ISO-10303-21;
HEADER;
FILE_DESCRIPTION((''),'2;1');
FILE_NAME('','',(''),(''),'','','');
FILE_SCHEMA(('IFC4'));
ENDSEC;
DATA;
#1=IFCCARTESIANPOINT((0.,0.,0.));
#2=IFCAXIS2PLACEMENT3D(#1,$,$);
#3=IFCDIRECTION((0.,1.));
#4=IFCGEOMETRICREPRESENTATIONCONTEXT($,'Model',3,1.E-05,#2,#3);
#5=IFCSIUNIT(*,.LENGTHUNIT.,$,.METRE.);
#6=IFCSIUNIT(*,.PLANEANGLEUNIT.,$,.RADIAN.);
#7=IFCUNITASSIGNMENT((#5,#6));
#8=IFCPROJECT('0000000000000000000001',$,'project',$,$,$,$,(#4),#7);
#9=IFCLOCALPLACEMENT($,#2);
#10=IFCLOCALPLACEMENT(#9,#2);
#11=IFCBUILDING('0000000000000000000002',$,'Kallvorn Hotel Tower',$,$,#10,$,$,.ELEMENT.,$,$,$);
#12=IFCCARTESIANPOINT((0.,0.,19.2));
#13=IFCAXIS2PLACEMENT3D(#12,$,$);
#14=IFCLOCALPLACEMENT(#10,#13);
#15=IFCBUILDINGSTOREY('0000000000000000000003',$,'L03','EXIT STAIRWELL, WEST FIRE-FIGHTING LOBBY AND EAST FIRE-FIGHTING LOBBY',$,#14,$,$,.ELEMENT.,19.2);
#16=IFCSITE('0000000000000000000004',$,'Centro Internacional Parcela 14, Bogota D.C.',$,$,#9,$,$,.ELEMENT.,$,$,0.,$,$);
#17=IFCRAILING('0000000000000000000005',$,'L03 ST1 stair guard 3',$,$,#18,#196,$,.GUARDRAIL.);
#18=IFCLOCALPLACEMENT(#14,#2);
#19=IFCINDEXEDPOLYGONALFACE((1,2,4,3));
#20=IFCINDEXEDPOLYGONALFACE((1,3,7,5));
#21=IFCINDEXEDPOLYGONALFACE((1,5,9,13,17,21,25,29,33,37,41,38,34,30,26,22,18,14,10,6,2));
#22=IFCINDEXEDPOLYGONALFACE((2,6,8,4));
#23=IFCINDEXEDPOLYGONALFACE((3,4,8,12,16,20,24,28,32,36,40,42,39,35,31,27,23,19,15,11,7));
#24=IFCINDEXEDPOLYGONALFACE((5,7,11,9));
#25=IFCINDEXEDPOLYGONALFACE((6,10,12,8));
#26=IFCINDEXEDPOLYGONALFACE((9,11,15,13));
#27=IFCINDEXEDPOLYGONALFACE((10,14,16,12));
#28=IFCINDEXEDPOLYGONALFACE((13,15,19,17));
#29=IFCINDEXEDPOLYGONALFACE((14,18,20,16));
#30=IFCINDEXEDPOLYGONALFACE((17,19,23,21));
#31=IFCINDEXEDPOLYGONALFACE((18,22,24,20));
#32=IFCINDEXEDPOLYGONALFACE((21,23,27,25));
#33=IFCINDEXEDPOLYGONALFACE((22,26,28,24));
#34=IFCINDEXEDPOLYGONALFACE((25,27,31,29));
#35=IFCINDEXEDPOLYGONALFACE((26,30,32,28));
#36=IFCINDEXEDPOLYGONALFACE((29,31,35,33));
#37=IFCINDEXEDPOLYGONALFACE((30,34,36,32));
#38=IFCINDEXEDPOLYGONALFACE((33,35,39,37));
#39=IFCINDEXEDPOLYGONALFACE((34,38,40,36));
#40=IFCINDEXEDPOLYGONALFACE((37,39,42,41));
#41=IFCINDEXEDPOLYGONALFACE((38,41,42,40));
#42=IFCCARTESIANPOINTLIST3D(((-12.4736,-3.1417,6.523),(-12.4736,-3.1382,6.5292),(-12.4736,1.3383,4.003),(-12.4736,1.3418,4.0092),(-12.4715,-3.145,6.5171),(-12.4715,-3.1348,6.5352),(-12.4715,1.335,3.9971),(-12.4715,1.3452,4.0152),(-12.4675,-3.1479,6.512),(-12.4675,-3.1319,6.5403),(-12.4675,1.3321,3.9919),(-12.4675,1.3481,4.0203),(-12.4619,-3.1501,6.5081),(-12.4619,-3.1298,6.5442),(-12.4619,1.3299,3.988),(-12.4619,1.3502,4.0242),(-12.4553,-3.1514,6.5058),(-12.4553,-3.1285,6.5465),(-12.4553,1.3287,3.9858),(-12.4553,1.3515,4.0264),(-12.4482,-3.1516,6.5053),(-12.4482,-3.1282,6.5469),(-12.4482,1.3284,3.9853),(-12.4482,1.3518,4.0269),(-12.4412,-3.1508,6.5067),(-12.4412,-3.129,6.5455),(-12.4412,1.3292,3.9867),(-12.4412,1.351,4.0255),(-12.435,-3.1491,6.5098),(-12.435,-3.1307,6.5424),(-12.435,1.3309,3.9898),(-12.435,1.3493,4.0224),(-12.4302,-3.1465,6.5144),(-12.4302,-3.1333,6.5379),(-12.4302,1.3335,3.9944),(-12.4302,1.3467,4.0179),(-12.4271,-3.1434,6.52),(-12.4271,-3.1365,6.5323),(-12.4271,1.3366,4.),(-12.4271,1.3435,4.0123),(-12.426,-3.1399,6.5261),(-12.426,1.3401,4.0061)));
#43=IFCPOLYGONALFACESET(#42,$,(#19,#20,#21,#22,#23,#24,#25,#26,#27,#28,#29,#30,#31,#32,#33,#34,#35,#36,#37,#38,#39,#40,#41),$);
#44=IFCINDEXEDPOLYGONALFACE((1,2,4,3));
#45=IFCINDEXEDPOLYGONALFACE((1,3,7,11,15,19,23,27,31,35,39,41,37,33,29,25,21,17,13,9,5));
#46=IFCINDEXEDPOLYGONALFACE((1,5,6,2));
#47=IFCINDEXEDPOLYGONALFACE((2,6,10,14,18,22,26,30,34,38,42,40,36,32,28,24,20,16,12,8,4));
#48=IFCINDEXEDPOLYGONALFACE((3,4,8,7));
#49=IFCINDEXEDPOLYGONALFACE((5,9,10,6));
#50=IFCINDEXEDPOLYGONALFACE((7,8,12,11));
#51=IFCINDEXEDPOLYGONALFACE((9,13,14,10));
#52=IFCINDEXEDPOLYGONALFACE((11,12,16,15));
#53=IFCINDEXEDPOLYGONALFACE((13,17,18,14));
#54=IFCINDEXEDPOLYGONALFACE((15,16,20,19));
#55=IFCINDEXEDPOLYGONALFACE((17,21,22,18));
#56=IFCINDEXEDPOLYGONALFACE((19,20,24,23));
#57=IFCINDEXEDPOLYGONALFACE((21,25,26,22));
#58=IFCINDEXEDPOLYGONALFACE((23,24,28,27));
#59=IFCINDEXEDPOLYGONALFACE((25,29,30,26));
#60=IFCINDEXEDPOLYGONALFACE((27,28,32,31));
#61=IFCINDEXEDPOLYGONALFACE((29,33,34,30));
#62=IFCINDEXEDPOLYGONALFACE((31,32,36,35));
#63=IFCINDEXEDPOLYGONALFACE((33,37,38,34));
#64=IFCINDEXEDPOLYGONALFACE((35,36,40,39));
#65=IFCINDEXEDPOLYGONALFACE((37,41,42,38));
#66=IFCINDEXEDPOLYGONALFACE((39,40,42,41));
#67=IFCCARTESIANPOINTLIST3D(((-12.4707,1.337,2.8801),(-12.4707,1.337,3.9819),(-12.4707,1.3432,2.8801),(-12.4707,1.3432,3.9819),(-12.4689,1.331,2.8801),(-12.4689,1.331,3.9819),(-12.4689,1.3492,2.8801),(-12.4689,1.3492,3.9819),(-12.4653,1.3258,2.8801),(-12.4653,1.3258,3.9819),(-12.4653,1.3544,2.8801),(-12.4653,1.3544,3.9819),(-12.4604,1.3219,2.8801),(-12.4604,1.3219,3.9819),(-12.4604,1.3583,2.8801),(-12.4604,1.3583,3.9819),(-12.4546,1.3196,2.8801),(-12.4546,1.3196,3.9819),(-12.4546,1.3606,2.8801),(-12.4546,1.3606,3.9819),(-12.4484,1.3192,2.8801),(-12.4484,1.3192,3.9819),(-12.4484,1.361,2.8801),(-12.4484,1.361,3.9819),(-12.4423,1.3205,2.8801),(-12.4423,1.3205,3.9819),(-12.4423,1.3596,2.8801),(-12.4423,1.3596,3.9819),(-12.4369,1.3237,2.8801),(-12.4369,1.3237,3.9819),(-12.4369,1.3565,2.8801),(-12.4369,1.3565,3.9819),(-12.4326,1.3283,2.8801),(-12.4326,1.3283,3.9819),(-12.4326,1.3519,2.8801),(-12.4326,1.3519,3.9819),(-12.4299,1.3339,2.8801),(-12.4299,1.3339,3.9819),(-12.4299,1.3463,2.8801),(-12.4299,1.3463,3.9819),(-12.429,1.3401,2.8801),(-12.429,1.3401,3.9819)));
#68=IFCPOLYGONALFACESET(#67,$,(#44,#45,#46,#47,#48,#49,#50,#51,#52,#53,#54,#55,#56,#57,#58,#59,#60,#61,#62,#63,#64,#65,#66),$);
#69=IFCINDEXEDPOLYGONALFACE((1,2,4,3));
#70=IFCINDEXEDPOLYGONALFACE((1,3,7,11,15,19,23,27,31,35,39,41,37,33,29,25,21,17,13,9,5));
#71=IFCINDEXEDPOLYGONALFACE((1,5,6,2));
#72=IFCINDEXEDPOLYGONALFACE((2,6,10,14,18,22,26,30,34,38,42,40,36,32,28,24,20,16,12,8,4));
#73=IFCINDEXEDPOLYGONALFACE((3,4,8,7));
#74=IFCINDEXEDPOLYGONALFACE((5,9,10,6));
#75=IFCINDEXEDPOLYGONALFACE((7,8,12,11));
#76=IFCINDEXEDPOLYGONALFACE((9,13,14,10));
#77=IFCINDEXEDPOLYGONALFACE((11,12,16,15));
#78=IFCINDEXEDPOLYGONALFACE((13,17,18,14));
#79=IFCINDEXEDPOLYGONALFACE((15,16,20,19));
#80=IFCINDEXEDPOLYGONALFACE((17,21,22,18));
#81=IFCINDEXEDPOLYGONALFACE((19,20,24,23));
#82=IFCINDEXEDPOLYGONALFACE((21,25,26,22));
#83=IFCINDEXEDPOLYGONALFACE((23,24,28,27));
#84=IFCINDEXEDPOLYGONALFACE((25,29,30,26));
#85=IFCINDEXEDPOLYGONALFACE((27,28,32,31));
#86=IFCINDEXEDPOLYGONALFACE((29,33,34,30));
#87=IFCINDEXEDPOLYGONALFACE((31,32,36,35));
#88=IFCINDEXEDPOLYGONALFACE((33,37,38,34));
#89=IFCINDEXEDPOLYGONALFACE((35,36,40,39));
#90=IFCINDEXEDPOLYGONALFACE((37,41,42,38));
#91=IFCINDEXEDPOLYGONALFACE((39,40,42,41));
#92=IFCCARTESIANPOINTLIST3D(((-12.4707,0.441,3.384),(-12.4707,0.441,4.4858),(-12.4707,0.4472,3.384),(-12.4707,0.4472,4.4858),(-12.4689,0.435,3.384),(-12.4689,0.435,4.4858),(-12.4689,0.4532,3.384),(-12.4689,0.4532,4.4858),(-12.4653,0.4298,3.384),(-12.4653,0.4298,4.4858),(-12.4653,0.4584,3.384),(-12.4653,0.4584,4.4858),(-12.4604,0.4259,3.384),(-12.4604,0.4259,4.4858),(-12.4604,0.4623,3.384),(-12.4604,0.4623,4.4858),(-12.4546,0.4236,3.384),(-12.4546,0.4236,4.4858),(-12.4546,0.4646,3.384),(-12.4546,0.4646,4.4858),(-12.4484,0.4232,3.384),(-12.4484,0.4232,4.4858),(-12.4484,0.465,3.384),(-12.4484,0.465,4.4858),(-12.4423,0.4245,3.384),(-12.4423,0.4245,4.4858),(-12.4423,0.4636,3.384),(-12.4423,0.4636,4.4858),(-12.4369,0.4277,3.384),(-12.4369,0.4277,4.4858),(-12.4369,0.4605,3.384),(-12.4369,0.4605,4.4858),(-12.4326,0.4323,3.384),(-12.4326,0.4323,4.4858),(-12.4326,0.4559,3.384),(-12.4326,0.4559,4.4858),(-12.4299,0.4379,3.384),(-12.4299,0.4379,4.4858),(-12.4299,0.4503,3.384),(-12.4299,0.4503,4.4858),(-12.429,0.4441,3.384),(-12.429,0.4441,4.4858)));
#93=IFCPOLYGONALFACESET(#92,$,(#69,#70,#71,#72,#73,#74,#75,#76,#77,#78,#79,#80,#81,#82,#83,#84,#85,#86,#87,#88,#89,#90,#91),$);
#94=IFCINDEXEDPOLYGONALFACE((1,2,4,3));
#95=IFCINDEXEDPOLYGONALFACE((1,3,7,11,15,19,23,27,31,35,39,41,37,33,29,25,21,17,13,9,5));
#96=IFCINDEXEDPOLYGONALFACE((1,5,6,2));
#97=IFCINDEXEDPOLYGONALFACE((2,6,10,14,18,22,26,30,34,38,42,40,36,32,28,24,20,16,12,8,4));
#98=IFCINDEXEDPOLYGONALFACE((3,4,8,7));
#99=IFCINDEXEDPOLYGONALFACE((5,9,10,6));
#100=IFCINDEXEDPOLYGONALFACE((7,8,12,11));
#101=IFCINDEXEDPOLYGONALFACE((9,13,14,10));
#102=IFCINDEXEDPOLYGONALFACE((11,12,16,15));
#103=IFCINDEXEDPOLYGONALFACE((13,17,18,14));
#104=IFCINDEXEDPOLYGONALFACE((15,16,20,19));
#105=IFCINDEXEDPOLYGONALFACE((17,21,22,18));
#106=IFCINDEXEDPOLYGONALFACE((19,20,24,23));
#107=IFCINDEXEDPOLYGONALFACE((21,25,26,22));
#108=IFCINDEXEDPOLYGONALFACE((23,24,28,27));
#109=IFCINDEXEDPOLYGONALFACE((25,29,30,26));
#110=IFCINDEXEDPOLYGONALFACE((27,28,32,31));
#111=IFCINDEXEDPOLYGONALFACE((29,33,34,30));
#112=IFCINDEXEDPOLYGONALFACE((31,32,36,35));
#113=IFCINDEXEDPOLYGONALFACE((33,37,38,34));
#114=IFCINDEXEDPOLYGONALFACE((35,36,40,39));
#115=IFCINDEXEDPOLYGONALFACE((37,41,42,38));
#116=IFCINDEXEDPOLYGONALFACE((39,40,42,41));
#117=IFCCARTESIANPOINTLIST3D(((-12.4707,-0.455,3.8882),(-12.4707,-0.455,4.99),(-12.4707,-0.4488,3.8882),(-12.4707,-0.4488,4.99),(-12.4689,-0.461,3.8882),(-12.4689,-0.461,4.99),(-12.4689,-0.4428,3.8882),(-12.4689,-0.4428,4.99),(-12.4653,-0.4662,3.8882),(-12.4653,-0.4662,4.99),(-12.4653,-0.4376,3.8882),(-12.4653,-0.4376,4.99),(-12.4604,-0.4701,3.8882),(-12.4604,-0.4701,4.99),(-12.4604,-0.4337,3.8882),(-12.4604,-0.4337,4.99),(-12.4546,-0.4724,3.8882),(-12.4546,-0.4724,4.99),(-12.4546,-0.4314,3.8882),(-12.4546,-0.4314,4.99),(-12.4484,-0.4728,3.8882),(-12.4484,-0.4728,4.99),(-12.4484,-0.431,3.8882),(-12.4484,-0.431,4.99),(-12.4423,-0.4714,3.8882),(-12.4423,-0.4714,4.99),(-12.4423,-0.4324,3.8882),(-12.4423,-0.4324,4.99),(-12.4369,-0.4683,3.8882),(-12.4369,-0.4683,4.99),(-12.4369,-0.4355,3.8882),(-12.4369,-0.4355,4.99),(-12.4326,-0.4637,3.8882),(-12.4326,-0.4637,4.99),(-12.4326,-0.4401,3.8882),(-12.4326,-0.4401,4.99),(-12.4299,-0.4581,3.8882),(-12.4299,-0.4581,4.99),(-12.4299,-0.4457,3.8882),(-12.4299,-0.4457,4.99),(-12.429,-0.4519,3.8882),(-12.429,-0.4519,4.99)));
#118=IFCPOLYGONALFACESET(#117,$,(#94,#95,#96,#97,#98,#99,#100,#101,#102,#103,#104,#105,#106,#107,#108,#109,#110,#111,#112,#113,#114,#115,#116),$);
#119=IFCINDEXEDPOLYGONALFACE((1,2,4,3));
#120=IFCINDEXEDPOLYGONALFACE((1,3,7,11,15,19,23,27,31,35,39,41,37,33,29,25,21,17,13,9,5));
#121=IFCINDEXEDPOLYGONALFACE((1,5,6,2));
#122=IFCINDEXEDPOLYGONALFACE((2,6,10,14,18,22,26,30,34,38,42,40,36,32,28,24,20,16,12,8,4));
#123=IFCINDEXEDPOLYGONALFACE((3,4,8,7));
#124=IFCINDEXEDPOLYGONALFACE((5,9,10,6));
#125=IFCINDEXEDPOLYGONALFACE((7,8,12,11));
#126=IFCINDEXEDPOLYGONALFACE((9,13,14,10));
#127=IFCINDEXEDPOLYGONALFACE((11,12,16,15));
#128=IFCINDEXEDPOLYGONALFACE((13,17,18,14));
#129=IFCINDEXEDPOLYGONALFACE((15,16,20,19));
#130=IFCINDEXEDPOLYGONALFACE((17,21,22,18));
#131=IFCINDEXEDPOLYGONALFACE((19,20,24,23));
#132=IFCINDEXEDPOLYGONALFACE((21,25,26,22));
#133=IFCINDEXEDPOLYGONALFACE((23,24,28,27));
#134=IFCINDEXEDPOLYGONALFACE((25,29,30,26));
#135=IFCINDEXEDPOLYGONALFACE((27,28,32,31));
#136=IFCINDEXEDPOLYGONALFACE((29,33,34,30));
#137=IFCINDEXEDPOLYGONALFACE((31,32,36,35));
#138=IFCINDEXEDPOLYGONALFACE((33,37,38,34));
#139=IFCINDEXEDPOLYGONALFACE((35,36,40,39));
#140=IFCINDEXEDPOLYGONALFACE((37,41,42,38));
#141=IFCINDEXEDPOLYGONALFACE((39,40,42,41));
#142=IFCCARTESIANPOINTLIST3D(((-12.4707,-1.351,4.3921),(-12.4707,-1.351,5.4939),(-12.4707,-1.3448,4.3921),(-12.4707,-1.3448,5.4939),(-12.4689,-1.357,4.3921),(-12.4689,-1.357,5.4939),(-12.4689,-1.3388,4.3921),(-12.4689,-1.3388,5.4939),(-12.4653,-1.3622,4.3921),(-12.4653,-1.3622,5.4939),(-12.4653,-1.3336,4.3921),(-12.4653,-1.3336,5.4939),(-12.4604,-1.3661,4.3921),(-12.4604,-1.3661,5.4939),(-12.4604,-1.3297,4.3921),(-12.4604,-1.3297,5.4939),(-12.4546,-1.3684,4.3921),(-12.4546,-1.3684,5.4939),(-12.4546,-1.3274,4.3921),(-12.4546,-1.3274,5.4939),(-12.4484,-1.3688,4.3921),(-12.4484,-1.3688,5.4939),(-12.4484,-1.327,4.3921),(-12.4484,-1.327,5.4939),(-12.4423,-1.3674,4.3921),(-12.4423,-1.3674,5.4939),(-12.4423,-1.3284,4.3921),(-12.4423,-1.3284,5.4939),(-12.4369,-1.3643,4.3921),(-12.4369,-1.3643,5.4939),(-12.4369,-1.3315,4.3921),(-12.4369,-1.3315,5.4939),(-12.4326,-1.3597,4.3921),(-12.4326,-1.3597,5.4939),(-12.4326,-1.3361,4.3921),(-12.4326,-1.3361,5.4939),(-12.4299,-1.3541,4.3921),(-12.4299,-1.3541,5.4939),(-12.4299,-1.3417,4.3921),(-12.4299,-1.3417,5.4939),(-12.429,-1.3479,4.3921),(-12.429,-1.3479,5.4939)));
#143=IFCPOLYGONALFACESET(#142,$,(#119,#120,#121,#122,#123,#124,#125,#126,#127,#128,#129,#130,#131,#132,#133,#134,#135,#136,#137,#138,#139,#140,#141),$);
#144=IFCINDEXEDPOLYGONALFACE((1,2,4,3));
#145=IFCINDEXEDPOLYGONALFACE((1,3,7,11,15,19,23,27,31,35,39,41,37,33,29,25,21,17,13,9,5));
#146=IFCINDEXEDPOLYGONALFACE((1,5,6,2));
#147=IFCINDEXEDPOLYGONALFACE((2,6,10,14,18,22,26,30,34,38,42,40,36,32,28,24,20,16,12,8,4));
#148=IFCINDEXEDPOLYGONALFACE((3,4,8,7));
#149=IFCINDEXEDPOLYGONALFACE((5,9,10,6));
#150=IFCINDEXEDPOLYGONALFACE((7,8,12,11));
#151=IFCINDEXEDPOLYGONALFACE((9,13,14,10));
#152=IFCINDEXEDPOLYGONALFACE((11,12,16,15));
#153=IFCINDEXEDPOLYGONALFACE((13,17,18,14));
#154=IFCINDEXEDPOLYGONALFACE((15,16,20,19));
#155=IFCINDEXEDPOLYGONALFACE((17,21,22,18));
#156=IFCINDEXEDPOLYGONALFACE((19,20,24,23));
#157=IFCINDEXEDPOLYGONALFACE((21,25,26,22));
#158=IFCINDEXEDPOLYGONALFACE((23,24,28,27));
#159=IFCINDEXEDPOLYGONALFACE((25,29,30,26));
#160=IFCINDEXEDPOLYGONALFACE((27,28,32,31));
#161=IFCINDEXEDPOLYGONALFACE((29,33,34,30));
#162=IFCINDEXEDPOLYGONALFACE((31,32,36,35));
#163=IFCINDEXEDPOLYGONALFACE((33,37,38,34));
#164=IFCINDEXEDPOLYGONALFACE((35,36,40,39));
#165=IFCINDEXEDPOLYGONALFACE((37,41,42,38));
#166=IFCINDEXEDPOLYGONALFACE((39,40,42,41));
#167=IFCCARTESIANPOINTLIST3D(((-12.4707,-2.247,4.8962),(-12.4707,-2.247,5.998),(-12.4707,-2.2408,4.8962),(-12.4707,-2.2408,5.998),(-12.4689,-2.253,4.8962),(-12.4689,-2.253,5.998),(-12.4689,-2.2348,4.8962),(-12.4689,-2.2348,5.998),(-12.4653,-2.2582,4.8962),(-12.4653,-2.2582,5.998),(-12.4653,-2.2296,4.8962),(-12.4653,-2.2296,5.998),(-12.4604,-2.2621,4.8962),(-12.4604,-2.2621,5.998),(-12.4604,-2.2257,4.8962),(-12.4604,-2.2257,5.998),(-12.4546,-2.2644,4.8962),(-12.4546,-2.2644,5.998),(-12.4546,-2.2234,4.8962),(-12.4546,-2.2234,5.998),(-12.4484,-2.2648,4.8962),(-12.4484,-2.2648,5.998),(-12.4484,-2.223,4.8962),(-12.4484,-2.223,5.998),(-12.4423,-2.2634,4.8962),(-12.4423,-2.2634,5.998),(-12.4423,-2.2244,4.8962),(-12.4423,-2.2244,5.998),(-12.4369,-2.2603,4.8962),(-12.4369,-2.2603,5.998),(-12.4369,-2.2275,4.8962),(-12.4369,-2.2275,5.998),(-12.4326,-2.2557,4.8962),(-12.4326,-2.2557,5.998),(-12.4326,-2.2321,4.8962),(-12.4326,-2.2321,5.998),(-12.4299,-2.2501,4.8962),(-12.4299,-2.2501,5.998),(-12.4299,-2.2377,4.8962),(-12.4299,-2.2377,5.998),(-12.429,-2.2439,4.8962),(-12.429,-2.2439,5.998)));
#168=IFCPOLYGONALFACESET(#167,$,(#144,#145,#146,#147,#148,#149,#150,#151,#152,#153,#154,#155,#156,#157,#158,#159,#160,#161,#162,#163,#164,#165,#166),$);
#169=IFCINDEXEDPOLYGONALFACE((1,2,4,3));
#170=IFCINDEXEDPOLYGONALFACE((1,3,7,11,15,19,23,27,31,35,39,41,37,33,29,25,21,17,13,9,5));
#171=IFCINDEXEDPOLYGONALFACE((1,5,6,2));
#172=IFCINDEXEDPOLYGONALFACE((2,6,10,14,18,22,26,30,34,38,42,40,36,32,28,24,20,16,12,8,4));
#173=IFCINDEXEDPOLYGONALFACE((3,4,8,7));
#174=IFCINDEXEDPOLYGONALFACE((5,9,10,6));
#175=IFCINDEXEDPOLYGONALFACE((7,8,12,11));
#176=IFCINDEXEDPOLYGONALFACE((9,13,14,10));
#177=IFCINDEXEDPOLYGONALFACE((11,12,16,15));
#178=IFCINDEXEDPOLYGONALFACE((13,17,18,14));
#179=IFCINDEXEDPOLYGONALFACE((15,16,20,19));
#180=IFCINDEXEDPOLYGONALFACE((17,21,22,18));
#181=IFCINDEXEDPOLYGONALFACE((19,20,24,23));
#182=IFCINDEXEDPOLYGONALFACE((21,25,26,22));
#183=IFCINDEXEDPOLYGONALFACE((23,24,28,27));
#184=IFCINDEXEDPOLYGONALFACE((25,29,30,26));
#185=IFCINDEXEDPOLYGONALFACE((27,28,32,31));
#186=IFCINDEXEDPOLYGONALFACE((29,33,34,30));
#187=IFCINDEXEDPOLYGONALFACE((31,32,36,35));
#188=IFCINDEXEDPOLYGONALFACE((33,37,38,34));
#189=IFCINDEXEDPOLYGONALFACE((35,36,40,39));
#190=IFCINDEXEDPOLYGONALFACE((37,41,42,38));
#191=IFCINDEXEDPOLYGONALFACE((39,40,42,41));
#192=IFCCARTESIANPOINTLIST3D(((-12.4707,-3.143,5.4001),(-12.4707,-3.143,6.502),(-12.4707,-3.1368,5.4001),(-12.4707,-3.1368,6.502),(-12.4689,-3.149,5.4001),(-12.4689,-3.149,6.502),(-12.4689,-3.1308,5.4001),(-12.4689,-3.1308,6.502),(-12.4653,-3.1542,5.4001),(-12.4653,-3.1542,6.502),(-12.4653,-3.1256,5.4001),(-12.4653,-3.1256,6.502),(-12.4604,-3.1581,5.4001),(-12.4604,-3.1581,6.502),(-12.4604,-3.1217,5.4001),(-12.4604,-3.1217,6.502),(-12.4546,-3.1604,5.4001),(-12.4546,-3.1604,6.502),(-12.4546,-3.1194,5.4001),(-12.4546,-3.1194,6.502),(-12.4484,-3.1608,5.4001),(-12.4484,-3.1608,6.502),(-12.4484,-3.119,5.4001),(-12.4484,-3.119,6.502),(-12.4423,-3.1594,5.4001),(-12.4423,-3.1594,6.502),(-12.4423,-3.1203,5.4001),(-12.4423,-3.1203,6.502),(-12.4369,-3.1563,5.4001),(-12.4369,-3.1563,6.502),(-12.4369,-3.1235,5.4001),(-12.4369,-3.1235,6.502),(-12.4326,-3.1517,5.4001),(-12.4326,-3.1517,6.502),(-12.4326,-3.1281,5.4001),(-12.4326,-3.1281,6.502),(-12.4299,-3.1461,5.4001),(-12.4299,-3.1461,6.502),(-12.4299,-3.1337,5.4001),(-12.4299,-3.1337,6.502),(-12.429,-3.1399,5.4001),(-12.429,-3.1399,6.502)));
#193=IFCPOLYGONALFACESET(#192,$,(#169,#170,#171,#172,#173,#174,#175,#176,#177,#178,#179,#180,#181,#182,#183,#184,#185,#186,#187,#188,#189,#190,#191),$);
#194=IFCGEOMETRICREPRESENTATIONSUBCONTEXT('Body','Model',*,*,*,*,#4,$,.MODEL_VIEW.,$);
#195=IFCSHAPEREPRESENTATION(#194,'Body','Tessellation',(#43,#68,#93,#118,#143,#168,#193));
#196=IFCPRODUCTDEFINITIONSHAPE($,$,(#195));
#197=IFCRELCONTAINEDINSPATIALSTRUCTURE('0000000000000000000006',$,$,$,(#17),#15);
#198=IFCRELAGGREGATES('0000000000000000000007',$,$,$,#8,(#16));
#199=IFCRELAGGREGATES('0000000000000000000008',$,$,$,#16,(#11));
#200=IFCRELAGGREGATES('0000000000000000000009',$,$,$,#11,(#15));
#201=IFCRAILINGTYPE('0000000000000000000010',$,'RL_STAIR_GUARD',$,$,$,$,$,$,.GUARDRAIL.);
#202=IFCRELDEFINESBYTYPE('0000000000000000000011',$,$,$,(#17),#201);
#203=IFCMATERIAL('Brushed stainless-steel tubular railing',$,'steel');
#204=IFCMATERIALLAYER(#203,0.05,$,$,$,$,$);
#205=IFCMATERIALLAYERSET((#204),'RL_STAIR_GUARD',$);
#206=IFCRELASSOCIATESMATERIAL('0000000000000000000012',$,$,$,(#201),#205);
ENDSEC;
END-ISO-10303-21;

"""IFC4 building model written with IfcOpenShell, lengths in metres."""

from ifc_helpers import new_model, si_unit, direction, frame, origin, origin_2d, place, context, subcontext, project, spatial, circle, extrude, material, layer, layer_set, type_object, element, save


model = new_model("IFC4")

# Units and contexts
model_context = context("Model", 3, precision=1e-05, world=origin(), true_north=direction((0.0, 1.0)))
body_context = subcontext(model_context, "Body", "Model", "MODEL_VIEW")
ifc_project = project(units=[si_unit("LENGTHUNIT", "METRE"), si_unit("PLANEANGLEUNIT", "RADIAN")], contexts=[model_context])

# Site, building, storey
site_placement = place(None, origin())
site = spatial("IfcSite", under=ifc_project, at=site_placement, Name="Centro Internacional Parcela 14, Bogota D.C.", CompositionType="ELEMENT", RefElevation=0.0)
building_placement = place(site_placement, origin())
building = spatial("IfcBuilding", under=site, at=building_placement, Name="Kallvorn Hotel Tower", CompositionType="ELEMENT")
storey_placement = place(building_placement, frame((0.0, 0.0, 19.2)))
storey = spatial("IfcBuildingStorey", under=building, at=storey_placement, Name="L03", Description="EXIT STAIRWELL, WEST FIRE-FIGHTING LOBBY AND EAST FIRE-FIGHTING LOBBY", CompositionType="ELEMENT", Elevation=19.2)

# Railing
ifc_material_1 = material(Name="Brushed stainless-steel tubular railing", Category="steel")
ifc_layer_1 = layer(ifc_material_1, 0.05)
ifc_layer_set_1 = layer_set([ifc_layer_1], Name="RL_STAIR_GUARD")
railing_type_1 = type_object("IfcRailingType", Name="RL_STAIR_GUARD", PredefinedType="GUARDRAIL", material=ifc_layer_set_1)
railing_1_placement = place(storey_placement, frame((-12.45, 1.3401, 2.8801)))
element("IfcRailing", 1, at=railing_1_placement, inside=storey, type_object=railing_type_1, Name="L03 ST1 stair guard 3", PredefinedType="GUARDRAIL", context=body_context, shape_type="SweptSolid", body=[
    extrude(circle(Radius=0.0239, at=origin_2d()), frame((0.0, 0.0, 1.126), z_axis=(0.0, -0.871573, 0.490266), x_axis=(1.0, 0.0, 0.0)), (0.0, 0.0, 1.0), 5.1401),
    extrude(circle(Radius=0.021, at=origin_2d()), origin(), (0.0, 0.0, 1.0), 1.1018),
    extrude(circle(Radius=0.021, at=origin_2d()), frame((0.0, -0.896, 0.5039)), (0.0, 0.0, 1.0), 1.1018),
    extrude(circle(Radius=0.021, at=origin_2d()), frame((0.0, -1.792, 1.0081)), (0.0, 0.0, 1.0), 1.1018),
    extrude(circle(Radius=0.021, at=origin_2d()), frame((0.0, -2.688, 1.512)), (0.0, 0.0, 1.0), 1.1018),
    extrude(circle(Radius=0.021, at=origin_2d()), frame((0.0, -3.584, 2.0161)), (0.0, 0.0, 1.0), 1.1018),
    extrude(circle(Radius=0.021, at=origin_2d()), frame((0.0, -4.48, 2.52)), (0.0, 0.0, 1.0), 1.1018),
])

save(model, "model.ifc")
